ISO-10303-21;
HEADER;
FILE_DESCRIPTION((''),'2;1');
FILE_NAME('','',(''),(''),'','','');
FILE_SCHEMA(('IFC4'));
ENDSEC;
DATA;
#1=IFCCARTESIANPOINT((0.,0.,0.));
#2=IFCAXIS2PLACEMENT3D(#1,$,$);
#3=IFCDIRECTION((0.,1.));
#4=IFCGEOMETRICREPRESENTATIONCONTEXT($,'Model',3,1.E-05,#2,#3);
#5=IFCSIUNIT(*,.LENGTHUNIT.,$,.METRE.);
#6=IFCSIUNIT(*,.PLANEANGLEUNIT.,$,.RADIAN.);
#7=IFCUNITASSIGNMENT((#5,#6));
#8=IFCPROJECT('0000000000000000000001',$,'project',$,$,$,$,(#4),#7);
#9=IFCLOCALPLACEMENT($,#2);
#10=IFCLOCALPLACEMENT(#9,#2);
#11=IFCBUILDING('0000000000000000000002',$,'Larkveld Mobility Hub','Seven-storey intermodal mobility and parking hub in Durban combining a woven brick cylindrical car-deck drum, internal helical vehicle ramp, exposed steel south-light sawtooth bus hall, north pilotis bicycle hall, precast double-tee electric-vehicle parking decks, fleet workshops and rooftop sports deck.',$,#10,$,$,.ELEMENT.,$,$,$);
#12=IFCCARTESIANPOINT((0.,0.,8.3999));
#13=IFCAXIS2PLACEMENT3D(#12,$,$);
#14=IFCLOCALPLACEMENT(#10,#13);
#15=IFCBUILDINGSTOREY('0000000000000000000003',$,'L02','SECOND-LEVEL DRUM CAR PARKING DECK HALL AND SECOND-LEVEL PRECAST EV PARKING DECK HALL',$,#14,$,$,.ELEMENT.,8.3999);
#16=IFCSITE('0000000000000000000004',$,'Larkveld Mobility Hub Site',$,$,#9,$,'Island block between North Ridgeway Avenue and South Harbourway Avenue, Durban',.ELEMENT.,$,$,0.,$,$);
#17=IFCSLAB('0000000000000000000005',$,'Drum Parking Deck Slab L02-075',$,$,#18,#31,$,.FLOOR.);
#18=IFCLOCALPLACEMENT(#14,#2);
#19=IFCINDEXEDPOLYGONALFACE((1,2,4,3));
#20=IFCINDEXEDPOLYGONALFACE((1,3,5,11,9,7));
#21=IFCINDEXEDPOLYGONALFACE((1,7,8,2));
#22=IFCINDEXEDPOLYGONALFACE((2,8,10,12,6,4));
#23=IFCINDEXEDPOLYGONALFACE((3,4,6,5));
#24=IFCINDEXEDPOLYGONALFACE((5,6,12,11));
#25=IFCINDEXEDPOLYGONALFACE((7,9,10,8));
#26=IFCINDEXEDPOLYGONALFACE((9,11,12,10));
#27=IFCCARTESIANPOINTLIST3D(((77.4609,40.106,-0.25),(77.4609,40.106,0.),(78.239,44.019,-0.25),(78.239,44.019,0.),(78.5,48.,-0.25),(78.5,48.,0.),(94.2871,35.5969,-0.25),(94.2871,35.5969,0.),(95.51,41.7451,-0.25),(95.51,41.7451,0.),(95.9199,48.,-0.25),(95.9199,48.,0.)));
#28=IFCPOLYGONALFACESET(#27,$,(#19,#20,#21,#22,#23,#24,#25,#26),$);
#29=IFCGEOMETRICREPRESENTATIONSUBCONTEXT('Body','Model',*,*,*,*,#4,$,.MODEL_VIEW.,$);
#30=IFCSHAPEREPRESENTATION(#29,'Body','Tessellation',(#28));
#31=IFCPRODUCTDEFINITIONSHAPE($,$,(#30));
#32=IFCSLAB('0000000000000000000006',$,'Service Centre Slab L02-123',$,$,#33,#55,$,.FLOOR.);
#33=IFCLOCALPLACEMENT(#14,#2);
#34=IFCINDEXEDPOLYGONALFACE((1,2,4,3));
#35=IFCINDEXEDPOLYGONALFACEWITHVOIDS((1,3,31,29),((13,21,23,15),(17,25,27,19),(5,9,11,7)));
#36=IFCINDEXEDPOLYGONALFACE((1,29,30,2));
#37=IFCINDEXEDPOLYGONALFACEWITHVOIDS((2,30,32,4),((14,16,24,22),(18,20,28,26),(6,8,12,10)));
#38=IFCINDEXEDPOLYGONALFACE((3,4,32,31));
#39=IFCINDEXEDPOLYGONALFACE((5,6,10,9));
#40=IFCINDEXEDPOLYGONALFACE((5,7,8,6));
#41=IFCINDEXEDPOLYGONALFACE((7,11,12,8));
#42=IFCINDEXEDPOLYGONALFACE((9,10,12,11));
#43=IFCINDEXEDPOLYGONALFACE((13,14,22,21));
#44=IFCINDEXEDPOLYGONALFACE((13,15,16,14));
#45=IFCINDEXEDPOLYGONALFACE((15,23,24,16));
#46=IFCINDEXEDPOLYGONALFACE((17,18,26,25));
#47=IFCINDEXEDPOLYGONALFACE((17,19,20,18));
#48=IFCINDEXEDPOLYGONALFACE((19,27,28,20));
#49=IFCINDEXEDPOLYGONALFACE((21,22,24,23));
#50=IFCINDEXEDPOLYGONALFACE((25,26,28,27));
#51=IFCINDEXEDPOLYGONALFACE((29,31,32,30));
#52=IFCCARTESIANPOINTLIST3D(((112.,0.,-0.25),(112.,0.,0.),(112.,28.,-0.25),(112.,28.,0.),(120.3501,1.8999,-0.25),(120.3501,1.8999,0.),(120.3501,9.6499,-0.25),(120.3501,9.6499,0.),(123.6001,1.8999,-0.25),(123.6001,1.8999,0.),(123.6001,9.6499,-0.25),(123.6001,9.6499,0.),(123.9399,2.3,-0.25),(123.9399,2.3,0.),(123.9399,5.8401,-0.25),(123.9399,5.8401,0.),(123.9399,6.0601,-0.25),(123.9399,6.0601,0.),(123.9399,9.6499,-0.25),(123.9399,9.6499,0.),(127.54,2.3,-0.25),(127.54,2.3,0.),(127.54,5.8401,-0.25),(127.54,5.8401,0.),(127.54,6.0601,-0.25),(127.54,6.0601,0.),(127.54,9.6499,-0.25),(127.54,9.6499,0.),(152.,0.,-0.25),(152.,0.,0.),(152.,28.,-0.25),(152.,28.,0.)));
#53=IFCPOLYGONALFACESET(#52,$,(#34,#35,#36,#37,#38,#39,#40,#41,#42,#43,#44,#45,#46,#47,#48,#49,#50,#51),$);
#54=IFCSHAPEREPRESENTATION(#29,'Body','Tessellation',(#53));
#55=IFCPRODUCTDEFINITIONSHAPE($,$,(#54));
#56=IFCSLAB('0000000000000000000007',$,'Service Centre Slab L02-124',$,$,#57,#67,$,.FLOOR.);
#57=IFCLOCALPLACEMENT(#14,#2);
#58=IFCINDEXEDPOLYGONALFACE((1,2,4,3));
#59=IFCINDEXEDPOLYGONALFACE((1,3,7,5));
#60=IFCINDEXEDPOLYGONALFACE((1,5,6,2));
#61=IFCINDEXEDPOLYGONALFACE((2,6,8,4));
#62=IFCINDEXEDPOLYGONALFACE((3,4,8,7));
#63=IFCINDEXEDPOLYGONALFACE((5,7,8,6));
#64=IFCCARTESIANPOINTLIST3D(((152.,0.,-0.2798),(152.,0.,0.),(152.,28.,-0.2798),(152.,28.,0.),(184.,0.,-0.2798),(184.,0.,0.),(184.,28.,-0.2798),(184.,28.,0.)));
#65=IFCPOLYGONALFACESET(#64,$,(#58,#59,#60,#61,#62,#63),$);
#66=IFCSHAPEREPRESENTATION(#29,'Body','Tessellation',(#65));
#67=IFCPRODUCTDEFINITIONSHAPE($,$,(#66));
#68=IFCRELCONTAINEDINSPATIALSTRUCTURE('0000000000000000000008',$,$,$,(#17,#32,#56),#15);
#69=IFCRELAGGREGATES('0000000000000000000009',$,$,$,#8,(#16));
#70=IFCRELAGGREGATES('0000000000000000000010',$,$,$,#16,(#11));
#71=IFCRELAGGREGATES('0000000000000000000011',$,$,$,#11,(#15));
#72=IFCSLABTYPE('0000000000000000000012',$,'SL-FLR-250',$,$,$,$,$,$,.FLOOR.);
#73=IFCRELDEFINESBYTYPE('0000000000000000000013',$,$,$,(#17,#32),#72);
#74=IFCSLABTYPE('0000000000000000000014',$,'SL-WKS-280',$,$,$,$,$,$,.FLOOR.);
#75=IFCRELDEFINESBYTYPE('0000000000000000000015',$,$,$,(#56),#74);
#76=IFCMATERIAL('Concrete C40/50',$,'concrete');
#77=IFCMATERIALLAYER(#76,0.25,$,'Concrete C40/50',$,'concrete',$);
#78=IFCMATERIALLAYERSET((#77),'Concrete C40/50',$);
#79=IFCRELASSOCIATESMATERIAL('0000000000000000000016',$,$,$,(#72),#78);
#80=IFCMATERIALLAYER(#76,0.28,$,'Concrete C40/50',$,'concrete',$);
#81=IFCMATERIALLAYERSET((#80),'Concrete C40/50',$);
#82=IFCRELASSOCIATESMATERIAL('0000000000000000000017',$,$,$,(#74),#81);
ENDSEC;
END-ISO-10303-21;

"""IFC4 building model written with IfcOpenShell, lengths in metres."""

from ifc_helpers import new_model, si_unit, direction, frame, origin, place, context, subcontext, project, spatial, polyline, outline, extrude, material, layer, layer_set, type_object, element, save


model = new_model("IFC4")

# Units and contexts
model_context = context("Model", 3, precision=1e-05, world=origin(), true_north=direction((0.0, 1.0)))
body_context = subcontext(model_context, "Body", "Model", "MODEL_VIEW")
ifc_project = project(units=[si_unit("LENGTHUNIT", "METRE"), si_unit("PLANEANGLEUNIT", "RADIAN")], contexts=[model_context])

# Site, building, storey
site_placement = place(None, origin())
site = spatial("IfcSite", under=ifc_project, at=site_placement, Name="Larkveld Mobility Hub Site", LongName="Island block between North Ridgeway Avenue and South Harbourway Avenue, Durban", CompositionType="ELEMENT", RefElevation=0.0)
building_placement = place(site_placement, origin())
building = spatial("IfcBuilding", under=site, at=building_placement, Name="Larkveld Mobility Hub", Description="Seven-storey intermodal mobility and parking hub in Durban combining a woven brick cylindrical car-deck drum, internal helical vehicle ramp, exposed steel south-light sawtooth bus hall, north pilotis bicycle hall, precast double-tee electric-vehicle parking decks, fleet workshops and rooftop sports deck.", CompositionType="ELEMENT")
storey_placement = place(building_placement, frame((0.0, 0.0, 8.3999)))
storey = spatial("IfcBuildingStorey", under=building, at=storey_placement, Name="L02", Description="SECOND-LEVEL DRUM CAR PARKING DECK HALL AND SECOND-LEVEL PRECAST EV PARKING DECK HALL", CompositionType="ELEMENT", Elevation=8.3999)

# Slabs
ifc_material = material(Name="Concrete C40/50", Category="concrete")
ifc_layer_1 = layer(ifc_material, 0.25, Name="Concrete C40/50", Category="concrete")
ifc_layer_set_1 = layer_set([ifc_layer_1], Name="Concrete C40/50")
slab_type_1 = type_object("IfcSlabType", Name="SL-FLR-250", PredefinedType="FLOOR", material=ifc_layer_set_1)
slab_1_placement = place(storey_placement, frame((0.0, 0.0, -0.25)))
element("IfcSlab", 1, at=slab_1_placement, inside=storey, type_object=slab_type_1, Name="Drum Parking Deck Slab L02-075", PredefinedType="FLOOR", context=body_context, shape_type="SweptSolid", body=[
    extrude(outline(polyline([(94.2871, 35.5969), (95.51, 41.7451), (95.9199, 48.0), (78.5, 48.0), (78.239, 44.019), (77.4609, 40.106), (94.2871, 35.5969)])), origin(), (0.0, 0.0, 1.0), 0.25),
])
slab_2_placement = place(storey_placement, frame((0.0, 0.0, -0.25)))
element("IfcSlab", 2, at=slab_2_placement, inside=storey, type_object=slab_type_1, Name="Service Centre Slab L02-123", PredefinedType="FLOOR", context=body_context, shape_type="SweptSolid", body=[
    extrude(outline(polyline([(112.0, 0.0), (152.0, 0.0), (152.0, 28.0), (112.0, 28.0), (112.0, 0.0)]), holes=[polyline([(120.3501, 1.8999), (120.3501, 9.6499), (123.6001, 9.6499), (123.6001, 1.8999), (120.3501, 1.8999)]), polyline([(123.9399, 6.0601), (123.9399, 9.6499), (127.54, 9.6499), (127.54, 6.0601), (123.9399, 6.0601)]), polyline([(123.9399, 2.3), (123.9399, 5.8401), (127.54, 5.8401), (127.54, 2.3), (123.9399, 2.3)])]), origin(), (0.0, 0.0, 1.0), 0.25),
])
ifc_layer_2 = layer(ifc_material, 0.28, Name="Concrete C40/50", Category="concrete")
ifc_layer_set_2 = layer_set([ifc_layer_2], Name="Concrete C40/50")
slab_type_2 = type_object("IfcSlabType", Name="SL-WKS-280", PredefinedType="FLOOR", material=ifc_layer_set_2)
slab_3_placement = place(storey_placement, frame((0.0, 0.0, -0.2798)))
element("IfcSlab", 3, at=slab_3_placement, inside=storey, type_object=slab_type_2, Name="Service Centre Slab L02-124", PredefinedType="FLOOR", context=body_context, shape_type="SweptSolid", body=[
    extrude(outline(polyline([(152.0, 0.0), (184.0, 0.0), (184.0, 28.0), (152.0, 28.0), (152.0, 0.0)])), origin(), (0.0, 0.0, 1.0), 0.2798),
])

save(model, "model.ifc")
